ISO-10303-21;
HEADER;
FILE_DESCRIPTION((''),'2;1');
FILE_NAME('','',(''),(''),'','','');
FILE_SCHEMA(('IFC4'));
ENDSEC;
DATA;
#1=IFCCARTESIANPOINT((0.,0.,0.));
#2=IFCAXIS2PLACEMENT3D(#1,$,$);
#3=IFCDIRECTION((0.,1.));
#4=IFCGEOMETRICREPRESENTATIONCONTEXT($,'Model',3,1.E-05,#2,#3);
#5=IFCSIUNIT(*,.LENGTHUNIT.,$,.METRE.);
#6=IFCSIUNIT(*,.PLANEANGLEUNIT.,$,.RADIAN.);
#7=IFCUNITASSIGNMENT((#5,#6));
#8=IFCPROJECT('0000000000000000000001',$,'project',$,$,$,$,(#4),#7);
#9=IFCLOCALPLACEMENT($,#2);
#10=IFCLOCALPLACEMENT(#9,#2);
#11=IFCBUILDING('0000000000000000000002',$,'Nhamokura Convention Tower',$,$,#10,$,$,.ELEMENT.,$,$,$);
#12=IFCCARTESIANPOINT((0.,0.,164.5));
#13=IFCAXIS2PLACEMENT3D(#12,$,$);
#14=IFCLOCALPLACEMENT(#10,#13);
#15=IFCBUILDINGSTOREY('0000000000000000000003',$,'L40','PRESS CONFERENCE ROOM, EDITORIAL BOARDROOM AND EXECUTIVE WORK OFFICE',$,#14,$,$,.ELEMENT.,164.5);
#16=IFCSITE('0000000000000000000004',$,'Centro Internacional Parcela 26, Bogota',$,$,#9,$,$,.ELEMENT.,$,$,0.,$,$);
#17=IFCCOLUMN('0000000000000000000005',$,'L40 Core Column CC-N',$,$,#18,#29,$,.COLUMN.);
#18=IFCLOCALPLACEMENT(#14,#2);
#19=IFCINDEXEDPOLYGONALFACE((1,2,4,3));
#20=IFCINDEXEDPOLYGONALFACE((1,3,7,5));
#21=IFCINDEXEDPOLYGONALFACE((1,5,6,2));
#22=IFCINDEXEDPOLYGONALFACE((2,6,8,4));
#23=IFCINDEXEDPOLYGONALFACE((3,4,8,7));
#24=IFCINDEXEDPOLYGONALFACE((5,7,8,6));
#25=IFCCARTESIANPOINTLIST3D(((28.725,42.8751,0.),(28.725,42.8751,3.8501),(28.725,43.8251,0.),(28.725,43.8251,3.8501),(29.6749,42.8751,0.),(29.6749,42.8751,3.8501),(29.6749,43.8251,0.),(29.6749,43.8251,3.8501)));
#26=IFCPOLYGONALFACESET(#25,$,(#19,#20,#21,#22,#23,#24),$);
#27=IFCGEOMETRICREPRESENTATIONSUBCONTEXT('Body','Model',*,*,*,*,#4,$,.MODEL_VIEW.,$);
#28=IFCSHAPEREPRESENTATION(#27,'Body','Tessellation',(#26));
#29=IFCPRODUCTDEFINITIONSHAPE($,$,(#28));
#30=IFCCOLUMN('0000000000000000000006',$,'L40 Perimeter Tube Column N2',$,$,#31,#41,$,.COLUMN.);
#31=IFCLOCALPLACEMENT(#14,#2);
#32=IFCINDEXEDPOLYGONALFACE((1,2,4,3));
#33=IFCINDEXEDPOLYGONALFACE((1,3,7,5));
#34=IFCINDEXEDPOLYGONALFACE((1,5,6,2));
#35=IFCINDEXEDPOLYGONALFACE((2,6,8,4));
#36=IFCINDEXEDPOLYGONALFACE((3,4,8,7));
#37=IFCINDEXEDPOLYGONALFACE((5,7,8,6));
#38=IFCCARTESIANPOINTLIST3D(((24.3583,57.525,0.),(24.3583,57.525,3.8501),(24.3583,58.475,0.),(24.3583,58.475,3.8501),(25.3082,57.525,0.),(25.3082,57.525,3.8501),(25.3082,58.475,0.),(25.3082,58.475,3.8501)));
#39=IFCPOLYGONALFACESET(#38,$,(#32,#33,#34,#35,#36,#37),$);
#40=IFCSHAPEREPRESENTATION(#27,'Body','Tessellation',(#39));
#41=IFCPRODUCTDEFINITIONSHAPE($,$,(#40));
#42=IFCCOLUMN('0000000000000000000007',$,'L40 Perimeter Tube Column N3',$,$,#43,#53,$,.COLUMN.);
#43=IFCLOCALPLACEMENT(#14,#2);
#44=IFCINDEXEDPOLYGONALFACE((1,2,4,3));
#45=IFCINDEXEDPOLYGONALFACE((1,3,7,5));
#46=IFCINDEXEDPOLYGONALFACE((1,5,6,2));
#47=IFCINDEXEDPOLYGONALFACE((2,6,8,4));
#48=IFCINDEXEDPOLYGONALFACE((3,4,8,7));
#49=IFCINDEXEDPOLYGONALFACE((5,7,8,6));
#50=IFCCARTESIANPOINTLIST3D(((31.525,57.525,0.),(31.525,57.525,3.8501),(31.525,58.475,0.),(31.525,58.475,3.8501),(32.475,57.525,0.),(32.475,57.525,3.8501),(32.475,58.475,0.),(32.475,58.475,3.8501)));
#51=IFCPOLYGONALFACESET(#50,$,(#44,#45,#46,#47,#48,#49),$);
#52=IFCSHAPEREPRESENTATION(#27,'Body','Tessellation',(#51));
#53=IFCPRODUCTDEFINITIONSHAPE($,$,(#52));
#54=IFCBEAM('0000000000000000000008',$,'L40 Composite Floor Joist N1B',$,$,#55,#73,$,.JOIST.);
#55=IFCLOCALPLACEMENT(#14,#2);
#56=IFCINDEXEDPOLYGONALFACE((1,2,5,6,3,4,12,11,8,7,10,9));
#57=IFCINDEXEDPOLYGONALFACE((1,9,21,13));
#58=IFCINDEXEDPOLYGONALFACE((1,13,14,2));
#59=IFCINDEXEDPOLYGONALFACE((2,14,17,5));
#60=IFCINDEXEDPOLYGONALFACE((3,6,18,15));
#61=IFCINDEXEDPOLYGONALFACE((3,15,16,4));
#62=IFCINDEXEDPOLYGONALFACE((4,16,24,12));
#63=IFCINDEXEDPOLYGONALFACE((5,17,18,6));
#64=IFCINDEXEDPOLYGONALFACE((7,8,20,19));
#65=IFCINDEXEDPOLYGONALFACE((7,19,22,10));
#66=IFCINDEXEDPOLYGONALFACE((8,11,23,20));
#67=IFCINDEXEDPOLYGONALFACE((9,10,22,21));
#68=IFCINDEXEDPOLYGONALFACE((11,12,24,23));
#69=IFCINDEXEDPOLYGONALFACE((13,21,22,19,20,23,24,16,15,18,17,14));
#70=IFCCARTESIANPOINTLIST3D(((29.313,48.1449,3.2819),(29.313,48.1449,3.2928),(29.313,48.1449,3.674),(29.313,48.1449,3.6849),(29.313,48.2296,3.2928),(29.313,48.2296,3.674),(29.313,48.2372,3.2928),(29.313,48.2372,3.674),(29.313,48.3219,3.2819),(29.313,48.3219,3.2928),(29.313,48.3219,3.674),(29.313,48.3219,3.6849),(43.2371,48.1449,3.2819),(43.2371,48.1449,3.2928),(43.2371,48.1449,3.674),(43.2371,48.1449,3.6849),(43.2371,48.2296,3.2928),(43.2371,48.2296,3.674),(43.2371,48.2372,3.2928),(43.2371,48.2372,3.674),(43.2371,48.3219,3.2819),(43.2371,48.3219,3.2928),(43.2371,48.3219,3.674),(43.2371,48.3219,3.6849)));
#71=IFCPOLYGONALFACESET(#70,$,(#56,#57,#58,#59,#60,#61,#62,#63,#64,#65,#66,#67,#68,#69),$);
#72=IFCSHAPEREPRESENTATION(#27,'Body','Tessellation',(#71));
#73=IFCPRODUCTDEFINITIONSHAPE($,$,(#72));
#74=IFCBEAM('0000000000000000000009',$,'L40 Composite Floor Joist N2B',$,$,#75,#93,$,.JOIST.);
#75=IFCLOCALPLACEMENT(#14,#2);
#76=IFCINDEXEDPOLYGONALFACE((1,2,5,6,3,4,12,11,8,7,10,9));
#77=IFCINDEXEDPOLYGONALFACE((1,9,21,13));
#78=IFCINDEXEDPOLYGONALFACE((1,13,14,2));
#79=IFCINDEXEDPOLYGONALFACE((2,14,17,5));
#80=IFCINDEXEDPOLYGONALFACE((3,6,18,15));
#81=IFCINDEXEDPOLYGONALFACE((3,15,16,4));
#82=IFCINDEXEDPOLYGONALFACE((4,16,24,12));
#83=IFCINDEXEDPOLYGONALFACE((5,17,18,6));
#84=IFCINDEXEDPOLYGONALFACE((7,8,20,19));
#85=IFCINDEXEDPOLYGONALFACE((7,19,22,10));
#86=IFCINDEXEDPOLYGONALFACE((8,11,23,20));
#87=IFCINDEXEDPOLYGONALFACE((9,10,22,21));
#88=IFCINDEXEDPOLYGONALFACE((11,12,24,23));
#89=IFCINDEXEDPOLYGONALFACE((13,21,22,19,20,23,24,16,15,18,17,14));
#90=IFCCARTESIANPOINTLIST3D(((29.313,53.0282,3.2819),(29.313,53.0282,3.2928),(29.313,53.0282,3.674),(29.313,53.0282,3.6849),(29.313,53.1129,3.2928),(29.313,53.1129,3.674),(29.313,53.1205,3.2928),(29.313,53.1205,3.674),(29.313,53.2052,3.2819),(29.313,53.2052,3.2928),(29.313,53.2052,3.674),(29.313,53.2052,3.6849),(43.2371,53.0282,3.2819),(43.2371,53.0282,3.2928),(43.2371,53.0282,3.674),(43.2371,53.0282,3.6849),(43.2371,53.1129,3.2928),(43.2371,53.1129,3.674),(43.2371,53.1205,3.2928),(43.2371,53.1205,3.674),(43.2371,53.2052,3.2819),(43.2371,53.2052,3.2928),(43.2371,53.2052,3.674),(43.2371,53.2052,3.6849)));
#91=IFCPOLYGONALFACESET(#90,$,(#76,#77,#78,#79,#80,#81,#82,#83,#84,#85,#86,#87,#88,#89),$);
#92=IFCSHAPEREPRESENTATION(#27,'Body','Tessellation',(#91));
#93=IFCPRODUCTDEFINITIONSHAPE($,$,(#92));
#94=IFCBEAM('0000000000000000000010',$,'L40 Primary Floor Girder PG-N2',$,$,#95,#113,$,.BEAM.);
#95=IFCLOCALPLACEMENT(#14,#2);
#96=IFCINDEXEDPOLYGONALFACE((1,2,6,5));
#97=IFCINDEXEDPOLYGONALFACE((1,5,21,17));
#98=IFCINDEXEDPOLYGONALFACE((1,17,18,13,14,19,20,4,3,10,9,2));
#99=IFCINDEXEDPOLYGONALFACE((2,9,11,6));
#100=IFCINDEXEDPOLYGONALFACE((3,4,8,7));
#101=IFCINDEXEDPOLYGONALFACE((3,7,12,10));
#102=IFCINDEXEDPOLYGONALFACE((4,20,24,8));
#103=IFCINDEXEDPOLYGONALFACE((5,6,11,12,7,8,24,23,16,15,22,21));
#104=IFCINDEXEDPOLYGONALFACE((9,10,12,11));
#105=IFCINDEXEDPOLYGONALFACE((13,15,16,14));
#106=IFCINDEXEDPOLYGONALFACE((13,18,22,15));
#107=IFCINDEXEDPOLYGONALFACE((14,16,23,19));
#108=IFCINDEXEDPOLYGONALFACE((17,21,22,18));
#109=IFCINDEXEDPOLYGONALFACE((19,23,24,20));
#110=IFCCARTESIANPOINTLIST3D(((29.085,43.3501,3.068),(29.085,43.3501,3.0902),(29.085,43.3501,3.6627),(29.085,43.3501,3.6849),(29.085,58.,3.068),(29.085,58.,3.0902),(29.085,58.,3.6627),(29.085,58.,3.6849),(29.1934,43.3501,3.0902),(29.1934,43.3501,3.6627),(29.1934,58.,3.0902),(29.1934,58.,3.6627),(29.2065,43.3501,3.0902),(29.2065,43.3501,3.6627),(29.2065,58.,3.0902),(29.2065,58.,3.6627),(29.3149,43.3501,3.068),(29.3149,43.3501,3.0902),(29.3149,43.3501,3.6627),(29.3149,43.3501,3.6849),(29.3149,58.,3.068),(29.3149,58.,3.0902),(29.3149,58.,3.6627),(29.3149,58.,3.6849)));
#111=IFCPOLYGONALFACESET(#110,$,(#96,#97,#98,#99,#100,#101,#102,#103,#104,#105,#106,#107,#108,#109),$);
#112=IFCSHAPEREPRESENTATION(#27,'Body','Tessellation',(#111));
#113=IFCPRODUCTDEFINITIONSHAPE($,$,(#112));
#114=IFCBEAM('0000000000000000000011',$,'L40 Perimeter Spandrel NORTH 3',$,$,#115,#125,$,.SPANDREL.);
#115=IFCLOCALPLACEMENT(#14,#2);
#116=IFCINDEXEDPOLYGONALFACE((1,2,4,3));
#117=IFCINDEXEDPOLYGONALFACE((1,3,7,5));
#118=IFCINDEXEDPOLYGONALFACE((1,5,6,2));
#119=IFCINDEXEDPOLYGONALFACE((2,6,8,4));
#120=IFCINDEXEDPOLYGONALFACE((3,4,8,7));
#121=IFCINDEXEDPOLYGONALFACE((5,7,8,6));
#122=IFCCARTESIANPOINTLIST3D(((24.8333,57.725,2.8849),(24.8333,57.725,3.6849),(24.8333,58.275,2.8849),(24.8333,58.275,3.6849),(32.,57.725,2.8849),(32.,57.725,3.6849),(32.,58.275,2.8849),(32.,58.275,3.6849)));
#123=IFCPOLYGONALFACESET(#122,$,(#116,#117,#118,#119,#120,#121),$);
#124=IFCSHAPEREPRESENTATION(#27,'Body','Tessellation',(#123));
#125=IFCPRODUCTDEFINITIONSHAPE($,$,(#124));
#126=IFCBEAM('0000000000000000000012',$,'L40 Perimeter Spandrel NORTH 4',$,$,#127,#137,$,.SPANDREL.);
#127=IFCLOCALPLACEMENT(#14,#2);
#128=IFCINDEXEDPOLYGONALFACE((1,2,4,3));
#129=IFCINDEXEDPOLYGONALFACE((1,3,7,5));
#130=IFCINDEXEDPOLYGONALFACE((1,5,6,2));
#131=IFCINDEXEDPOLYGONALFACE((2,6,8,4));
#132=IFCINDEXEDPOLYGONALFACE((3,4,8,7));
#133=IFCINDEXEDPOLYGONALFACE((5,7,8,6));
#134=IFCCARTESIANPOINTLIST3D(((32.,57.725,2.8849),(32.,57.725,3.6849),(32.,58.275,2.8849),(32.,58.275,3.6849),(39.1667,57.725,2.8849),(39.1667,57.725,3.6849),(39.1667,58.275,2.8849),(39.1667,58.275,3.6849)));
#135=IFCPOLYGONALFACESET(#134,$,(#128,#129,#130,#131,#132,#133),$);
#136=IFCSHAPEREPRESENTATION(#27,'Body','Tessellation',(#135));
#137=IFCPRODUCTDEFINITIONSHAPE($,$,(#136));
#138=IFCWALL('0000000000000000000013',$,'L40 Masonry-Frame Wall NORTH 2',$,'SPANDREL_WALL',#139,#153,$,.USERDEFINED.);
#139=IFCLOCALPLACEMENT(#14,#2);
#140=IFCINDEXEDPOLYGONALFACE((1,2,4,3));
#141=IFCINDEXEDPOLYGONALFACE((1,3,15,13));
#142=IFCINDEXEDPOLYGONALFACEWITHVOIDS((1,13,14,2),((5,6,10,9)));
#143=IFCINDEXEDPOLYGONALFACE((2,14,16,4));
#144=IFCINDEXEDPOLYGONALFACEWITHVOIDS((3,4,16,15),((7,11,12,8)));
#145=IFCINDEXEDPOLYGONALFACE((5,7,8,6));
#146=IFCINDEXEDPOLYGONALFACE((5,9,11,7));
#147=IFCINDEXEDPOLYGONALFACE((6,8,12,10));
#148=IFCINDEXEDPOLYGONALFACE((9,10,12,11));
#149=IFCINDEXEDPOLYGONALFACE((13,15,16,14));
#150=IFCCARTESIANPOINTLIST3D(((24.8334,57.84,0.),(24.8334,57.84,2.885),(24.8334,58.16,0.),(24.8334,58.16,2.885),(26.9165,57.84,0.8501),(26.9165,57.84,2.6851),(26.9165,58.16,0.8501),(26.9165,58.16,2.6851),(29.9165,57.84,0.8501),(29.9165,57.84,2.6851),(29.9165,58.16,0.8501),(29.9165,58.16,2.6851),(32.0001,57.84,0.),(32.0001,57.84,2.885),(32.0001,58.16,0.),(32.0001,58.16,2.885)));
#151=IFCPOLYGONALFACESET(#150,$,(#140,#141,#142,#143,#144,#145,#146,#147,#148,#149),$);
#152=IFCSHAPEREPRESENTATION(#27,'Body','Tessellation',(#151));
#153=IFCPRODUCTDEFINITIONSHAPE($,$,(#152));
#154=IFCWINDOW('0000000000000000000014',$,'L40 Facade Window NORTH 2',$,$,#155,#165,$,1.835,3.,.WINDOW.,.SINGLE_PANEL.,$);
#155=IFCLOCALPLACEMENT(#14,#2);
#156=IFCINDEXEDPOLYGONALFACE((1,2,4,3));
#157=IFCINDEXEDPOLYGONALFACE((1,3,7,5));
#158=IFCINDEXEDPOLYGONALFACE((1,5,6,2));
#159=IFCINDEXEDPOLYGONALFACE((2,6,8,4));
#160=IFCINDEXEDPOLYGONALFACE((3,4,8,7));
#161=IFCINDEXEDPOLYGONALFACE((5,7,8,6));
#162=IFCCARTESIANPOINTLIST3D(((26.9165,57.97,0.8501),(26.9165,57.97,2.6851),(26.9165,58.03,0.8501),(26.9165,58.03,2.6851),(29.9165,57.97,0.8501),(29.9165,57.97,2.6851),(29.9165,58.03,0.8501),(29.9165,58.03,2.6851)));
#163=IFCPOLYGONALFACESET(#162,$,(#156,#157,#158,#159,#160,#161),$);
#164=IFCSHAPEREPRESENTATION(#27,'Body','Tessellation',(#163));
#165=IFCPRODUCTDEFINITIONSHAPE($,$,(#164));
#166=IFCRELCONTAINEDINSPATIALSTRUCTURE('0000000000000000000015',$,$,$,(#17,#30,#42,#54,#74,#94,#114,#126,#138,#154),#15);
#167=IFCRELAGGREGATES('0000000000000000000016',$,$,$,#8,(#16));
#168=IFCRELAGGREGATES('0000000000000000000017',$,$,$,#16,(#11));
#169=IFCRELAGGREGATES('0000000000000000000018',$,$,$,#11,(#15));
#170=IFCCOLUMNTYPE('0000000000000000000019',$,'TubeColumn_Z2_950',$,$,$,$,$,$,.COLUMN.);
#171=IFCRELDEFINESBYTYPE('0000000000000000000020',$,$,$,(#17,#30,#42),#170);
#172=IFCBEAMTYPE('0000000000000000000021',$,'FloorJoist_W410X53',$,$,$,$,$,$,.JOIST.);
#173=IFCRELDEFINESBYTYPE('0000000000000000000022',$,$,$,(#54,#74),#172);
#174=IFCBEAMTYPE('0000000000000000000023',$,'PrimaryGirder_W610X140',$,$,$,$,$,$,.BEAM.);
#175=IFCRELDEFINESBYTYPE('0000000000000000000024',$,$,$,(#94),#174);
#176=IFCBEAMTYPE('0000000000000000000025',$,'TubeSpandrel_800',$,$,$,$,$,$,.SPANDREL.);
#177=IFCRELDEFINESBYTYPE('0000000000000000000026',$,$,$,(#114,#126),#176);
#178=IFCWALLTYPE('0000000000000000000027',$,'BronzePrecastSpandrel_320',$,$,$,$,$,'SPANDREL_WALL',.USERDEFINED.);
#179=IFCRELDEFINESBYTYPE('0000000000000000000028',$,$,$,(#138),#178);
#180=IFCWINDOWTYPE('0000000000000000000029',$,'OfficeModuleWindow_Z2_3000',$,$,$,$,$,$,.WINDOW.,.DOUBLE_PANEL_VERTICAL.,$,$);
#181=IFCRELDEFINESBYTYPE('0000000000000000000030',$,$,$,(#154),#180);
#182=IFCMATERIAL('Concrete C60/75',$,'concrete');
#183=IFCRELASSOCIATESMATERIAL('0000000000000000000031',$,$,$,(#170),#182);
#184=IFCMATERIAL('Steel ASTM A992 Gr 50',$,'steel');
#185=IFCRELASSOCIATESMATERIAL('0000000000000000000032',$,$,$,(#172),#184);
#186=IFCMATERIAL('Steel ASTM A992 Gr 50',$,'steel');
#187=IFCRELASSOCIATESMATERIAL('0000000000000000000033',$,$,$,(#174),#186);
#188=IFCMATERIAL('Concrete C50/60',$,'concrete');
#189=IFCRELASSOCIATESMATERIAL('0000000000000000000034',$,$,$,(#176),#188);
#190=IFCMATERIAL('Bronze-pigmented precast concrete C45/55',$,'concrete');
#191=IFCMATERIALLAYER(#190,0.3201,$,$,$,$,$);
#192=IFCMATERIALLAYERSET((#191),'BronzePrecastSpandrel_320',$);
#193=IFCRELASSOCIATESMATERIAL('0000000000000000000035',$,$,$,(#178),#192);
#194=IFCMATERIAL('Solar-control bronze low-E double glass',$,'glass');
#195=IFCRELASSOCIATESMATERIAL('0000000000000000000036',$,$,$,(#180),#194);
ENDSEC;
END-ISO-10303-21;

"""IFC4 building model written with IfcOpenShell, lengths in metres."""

from ifc_helpers import new_model, si_unit, direction, frame, frame_2d, origin, origin_2d, place, context, subcontext, project, spatial, rectangle, i_section, extrude, material, layer, layer_set, material_profile, profile_set, type_object, element, fill, save


model = new_model("IFC4")

# Units and contexts
model_context = context("Model", 3, precision=1e-05, world=origin(), true_north=direction((0.0, 1.0)))
body_context = subcontext(model_context, "Body", "Model", "MODEL_VIEW")
ifc_project = project(units=[si_unit("LENGTHUNIT", "METRE"), si_unit("PLANEANGLEUNIT", "RADIAN")], contexts=[model_context])

# Site, building, storey
site_placement = place(None, origin())
site = spatial("IfcSite", under=ifc_project, at=site_placement, Name="Centro Internacional Parcela 26, Bogota", CompositionType="ELEMENT", RefElevation=0.0)
building_placement = place(site_placement, origin())
building = spatial("IfcBuilding", under=site, at=building_placement, Name="Nhamokura Convention Tower", CompositionType="ELEMENT")
storey_placement = place(building_placement, frame((0.0, 0.0, 164.5)))
storey = spatial("IfcBuildingStorey", under=building, at=storey_placement, Name="L40", Description="PRESS CONFERENCE ROOM, EDITORIAL BOARDROOM AND EXECUTIVE WORK OFFICE", CompositionType="ELEMENT", Elevation=164.5)

# Columns
ifc_material_1 = material(Name="Concrete C60/75", Category="concrete")
ifc_material_profile_1 = material_profile(ifc_material_1, rectangle(XDim=0.95, YDim=0.95, at=origin_2d()))
ifc_profile_set_1 = profile_set([ifc_material_profile_1], Name="Concrete C60/75")
column_type = type_object("IfcColumnType", Name="TubeColumn_Z2_950", PredefinedType="COLUMN", material=ifc_profile_set_1)
for number, where, z_axis, x_axis, name in (
    (1, (29.2, 43.3501, 0.0), (0.0, 0.0, 1.0), (1.0, 0.0, 0.0), "L40 Core Column CC-N"),
    (2, (24.8333, 58.0, 0.0), (0.0, 0.0, 1.0), (1.0, 0.0, 0.0), "L40 Perimeter Tube Column N2"),
    (3, (32.0, 58.0, 0.0), (0.0, 0.0, 1.0), (1.0, 0.0, 0.0), "L40 Perimeter Tube Column N3"),
):
    element("IfcColumn", number, at=place(storey_placement, frame(where, z_axis=z_axis, x_axis=x_axis)), inside=storey, type_object=column_type, Name=name, PredefinedType="COLUMN", context=body_context, shape_type="SweptSolid", body=[
        extrude(rectangle(XDim=0.95, YDim=0.95, at=origin_2d()), origin(), (0.0, 0.0, 1.0), 3.8501),
    ])

# Beams
ifc_material_2 = material(Name="Steel ASTM A992 Gr 50", Category="steel")
ifc_material_profile_2 = material_profile(ifc_material_2, i_section(OverallWidth=0.177, OverallDepth=0.4031, WebThickness=0.0076, FlangeThickness=0.011, at=origin_2d()))
ifc_profile_set_2 = profile_set([ifc_material_profile_2], Name="Steel ASTM A992 Gr 50")
beam_type_1 = type_object("IfcBeamType", Name="FloorJoist_W410X53", PredefinedType="JOIST", material=ifc_profile_set_2)
for number, where, z_axis, x_axis, name in (
    (4, (29.313, 48.2334, 3.4834), (1.0, 0.0, 0.0), (0.0, 1.0, 0.0), "L40 Composite Floor Joist N1B"),
    (5, (29.313, 53.1167, 3.4834), (1.0, 0.0, 0.0), (0.0, 1.0, 0.0), "L40 Composite Floor Joist N2B"),
):
    element("IfcBeam", number, at=place(storey_placement, frame(where, z_axis=z_axis, x_axis=x_axis)), inside=storey, type_object=beam_type_1, Name=name, PredefinedType="JOIST", context=body_context, shape_type="SweptSolid", body=[
        extrude(i_section(OverallWidth=0.177, OverallDepth=0.4031, WebThickness=0.0076, FlangeThickness=0.011, at=origin_2d()), origin(), (0.0, 0.0, 1.0), 13.9241),
    ])
ifc_material_3 = material(Name="Steel ASTM A992 Gr 50", Category="steel")
ifc_material_profile_3 = material_profile(ifc_material_3, i_section(OverallWidth=0.23, OverallDepth=0.6169, WebThickness=0.0132, FlangeThickness=0.0222, at=origin_2d()))
ifc_profile_set_3 = profile_set([ifc_material_profile_3], Name="Steel ASTM A992 Gr 50")
beam_type_2 = type_object("IfcBeamType", Name="PrimaryGirder_W610X140", PredefinedType="BEAM", material=ifc_profile_set_3)
beam_placement = place(storey_placement, frame((29.2, 43.3501, 3.3765), z_axis=(0.0, 1.0, 0.0), x_axis=(-1.0, 0.0, 0.0)))
element("IfcBeam", 6, at=beam_placement, inside=storey, type_object=beam_type_2, Name="L40 Primary Floor Girder PG-N2", PredefinedType="BEAM", context=body_context, shape_type="SweptSolid", body=[
    extrude(i_section(OverallWidth=0.23, OverallDepth=0.6169, WebThickness=0.0132, FlangeThickness=0.0222, at=origin_2d()), origin(), (0.0, 0.0, 1.0), 14.6499),
])
ifc_material_4 = material(Name="Concrete C50/60", Category="concrete")
ifc_material_profile_4 = material_profile(ifc_material_4, rectangle(XDim=0.55, YDim=0.8, at=origin_2d()))
ifc_profile_set_4 = profile_set([ifc_material_profile_4], Name="Concrete C50/60")
beam_type_3 = type_object("IfcBeamType", Name="TubeSpandrel_800", PredefinedType="SPANDREL", material=ifc_profile_set_4)
for number, where, z_axis, x_axis, name in (
    (7, (24.8333, 58.0, 3.2849), (1.0, 0.0, 0.0), (0.0, 1.0, 0.0), "L40 Perimeter Spandrel NORTH 3"),
    (8, (32.0, 58.0, 3.2849), (1.0, 0.0, 0.0), (0.0, 1.0, 0.0), "L40 Perimeter Spandrel NORTH 4"),
):
    element("IfcBeam", number, at=place(storey_placement, frame(where, z_axis=z_axis, x_axis=x_axis)), inside=storey, type_object=beam_type_3, Name=name, PredefinedType="SPANDREL", context=body_context, shape_type="SweptSolid", body=[
        extrude(rectangle(XDim=0.55, YDim=0.8, at=origin_2d()), origin(), (0.0, 0.0, 1.0), 7.1667),
    ])

# Wall, opening, window
ifc_material_5 = material(Name="Bronze-pigmented precast concrete C45/55", Category="concrete")
ifc_layer_1 = layer(ifc_material_5, 0.3201)
ifc_layer_set_1 = layer_set([ifc_layer_1], Name="BronzePrecastSpandrel_320")
wall_type_1 = type_object("IfcWallType", Name="BronzePrecastSpandrel_320", ElementType="SPANDREL_WALL", PredefinedType="USERDEFINED", material=ifc_layer_set_1)
wall_1_placement = place(storey_placement, frame((24.8333, 58.0, 0.0), z_axis=(0.0, 0.0, 1.0), x_axis=(1.0, 0.0, 0.0)))
wall_1 = element("IfcWall", 9, at=wall_1_placement, inside=storey, type_object=wall_type_1, Name="L40 Masonry-Frame Wall NORTH 2", ObjectType="SPANDREL_WALL", PredefinedType="USERDEFINED", context=body_context, shape_type="SweptSolid", body=[
    extrude(rectangle(XDim=7.1667, YDim=0.3201, at=frame_2d((3.5835, 0.0))), origin(), (0.0, 0.0, 1.0), 2.885),
])
opening_1_placement = place(wall_1_placement, frame((2.0833, 0.0, 0.8501)))
opening_1 = element("IfcOpeningElement", 10, at=opening_1_placement, cuts=wall_1, PredefinedType="OPENING", context=body_context, shape_type="SweptSolid", body=[
    extrude(rectangle(XDim=3.0, YDim=1.835, at=frame_2d((1.5, 0.9175))), frame((0.0, 0.1699, 0.0), z_axis=(0.0, -1.0, 0.0), x_axis=(1.0, 0.0, 0.0)), (0.0, 0.0, 1.0), 0.3401),
])
ifc_material_6 = material(Name="Solar-control bronze low-E double glass", Category="glass")
window_type = type_object("IfcWindowType", Name="OfficeModuleWindow_Z2_3000", PartitioningType="DOUBLE_PANEL_VERTICAL", PredefinedType="WINDOW", material=ifc_material_6)
window_1_placement = place(opening_1_placement, origin())
window_1 = element("IfcWindow", 11, at=window_1_placement, inside=storey, type_object=window_type, Name="L40 Facade Window NORTH 2", OverallHeight=1.835, OverallWidth=3.0, PartitioningType="SINGLE_PANEL", PredefinedType="WINDOW", context=body_context, shape_type="SweptSolid", body=[
    extrude(rectangle(XDim=3.0, YDim=1.835, at=frame_2d((1.5, 0.9175))), frame((0.0, 0.03, 0.0), z_axis=(0.0, -1.0, 0.0), x_axis=(1.0, 0.0, 0.0)), (0.0, 0.0, 1.0), 0.0601),
])
fill(opening_1, window_1)

save(model, "model.ifc")
